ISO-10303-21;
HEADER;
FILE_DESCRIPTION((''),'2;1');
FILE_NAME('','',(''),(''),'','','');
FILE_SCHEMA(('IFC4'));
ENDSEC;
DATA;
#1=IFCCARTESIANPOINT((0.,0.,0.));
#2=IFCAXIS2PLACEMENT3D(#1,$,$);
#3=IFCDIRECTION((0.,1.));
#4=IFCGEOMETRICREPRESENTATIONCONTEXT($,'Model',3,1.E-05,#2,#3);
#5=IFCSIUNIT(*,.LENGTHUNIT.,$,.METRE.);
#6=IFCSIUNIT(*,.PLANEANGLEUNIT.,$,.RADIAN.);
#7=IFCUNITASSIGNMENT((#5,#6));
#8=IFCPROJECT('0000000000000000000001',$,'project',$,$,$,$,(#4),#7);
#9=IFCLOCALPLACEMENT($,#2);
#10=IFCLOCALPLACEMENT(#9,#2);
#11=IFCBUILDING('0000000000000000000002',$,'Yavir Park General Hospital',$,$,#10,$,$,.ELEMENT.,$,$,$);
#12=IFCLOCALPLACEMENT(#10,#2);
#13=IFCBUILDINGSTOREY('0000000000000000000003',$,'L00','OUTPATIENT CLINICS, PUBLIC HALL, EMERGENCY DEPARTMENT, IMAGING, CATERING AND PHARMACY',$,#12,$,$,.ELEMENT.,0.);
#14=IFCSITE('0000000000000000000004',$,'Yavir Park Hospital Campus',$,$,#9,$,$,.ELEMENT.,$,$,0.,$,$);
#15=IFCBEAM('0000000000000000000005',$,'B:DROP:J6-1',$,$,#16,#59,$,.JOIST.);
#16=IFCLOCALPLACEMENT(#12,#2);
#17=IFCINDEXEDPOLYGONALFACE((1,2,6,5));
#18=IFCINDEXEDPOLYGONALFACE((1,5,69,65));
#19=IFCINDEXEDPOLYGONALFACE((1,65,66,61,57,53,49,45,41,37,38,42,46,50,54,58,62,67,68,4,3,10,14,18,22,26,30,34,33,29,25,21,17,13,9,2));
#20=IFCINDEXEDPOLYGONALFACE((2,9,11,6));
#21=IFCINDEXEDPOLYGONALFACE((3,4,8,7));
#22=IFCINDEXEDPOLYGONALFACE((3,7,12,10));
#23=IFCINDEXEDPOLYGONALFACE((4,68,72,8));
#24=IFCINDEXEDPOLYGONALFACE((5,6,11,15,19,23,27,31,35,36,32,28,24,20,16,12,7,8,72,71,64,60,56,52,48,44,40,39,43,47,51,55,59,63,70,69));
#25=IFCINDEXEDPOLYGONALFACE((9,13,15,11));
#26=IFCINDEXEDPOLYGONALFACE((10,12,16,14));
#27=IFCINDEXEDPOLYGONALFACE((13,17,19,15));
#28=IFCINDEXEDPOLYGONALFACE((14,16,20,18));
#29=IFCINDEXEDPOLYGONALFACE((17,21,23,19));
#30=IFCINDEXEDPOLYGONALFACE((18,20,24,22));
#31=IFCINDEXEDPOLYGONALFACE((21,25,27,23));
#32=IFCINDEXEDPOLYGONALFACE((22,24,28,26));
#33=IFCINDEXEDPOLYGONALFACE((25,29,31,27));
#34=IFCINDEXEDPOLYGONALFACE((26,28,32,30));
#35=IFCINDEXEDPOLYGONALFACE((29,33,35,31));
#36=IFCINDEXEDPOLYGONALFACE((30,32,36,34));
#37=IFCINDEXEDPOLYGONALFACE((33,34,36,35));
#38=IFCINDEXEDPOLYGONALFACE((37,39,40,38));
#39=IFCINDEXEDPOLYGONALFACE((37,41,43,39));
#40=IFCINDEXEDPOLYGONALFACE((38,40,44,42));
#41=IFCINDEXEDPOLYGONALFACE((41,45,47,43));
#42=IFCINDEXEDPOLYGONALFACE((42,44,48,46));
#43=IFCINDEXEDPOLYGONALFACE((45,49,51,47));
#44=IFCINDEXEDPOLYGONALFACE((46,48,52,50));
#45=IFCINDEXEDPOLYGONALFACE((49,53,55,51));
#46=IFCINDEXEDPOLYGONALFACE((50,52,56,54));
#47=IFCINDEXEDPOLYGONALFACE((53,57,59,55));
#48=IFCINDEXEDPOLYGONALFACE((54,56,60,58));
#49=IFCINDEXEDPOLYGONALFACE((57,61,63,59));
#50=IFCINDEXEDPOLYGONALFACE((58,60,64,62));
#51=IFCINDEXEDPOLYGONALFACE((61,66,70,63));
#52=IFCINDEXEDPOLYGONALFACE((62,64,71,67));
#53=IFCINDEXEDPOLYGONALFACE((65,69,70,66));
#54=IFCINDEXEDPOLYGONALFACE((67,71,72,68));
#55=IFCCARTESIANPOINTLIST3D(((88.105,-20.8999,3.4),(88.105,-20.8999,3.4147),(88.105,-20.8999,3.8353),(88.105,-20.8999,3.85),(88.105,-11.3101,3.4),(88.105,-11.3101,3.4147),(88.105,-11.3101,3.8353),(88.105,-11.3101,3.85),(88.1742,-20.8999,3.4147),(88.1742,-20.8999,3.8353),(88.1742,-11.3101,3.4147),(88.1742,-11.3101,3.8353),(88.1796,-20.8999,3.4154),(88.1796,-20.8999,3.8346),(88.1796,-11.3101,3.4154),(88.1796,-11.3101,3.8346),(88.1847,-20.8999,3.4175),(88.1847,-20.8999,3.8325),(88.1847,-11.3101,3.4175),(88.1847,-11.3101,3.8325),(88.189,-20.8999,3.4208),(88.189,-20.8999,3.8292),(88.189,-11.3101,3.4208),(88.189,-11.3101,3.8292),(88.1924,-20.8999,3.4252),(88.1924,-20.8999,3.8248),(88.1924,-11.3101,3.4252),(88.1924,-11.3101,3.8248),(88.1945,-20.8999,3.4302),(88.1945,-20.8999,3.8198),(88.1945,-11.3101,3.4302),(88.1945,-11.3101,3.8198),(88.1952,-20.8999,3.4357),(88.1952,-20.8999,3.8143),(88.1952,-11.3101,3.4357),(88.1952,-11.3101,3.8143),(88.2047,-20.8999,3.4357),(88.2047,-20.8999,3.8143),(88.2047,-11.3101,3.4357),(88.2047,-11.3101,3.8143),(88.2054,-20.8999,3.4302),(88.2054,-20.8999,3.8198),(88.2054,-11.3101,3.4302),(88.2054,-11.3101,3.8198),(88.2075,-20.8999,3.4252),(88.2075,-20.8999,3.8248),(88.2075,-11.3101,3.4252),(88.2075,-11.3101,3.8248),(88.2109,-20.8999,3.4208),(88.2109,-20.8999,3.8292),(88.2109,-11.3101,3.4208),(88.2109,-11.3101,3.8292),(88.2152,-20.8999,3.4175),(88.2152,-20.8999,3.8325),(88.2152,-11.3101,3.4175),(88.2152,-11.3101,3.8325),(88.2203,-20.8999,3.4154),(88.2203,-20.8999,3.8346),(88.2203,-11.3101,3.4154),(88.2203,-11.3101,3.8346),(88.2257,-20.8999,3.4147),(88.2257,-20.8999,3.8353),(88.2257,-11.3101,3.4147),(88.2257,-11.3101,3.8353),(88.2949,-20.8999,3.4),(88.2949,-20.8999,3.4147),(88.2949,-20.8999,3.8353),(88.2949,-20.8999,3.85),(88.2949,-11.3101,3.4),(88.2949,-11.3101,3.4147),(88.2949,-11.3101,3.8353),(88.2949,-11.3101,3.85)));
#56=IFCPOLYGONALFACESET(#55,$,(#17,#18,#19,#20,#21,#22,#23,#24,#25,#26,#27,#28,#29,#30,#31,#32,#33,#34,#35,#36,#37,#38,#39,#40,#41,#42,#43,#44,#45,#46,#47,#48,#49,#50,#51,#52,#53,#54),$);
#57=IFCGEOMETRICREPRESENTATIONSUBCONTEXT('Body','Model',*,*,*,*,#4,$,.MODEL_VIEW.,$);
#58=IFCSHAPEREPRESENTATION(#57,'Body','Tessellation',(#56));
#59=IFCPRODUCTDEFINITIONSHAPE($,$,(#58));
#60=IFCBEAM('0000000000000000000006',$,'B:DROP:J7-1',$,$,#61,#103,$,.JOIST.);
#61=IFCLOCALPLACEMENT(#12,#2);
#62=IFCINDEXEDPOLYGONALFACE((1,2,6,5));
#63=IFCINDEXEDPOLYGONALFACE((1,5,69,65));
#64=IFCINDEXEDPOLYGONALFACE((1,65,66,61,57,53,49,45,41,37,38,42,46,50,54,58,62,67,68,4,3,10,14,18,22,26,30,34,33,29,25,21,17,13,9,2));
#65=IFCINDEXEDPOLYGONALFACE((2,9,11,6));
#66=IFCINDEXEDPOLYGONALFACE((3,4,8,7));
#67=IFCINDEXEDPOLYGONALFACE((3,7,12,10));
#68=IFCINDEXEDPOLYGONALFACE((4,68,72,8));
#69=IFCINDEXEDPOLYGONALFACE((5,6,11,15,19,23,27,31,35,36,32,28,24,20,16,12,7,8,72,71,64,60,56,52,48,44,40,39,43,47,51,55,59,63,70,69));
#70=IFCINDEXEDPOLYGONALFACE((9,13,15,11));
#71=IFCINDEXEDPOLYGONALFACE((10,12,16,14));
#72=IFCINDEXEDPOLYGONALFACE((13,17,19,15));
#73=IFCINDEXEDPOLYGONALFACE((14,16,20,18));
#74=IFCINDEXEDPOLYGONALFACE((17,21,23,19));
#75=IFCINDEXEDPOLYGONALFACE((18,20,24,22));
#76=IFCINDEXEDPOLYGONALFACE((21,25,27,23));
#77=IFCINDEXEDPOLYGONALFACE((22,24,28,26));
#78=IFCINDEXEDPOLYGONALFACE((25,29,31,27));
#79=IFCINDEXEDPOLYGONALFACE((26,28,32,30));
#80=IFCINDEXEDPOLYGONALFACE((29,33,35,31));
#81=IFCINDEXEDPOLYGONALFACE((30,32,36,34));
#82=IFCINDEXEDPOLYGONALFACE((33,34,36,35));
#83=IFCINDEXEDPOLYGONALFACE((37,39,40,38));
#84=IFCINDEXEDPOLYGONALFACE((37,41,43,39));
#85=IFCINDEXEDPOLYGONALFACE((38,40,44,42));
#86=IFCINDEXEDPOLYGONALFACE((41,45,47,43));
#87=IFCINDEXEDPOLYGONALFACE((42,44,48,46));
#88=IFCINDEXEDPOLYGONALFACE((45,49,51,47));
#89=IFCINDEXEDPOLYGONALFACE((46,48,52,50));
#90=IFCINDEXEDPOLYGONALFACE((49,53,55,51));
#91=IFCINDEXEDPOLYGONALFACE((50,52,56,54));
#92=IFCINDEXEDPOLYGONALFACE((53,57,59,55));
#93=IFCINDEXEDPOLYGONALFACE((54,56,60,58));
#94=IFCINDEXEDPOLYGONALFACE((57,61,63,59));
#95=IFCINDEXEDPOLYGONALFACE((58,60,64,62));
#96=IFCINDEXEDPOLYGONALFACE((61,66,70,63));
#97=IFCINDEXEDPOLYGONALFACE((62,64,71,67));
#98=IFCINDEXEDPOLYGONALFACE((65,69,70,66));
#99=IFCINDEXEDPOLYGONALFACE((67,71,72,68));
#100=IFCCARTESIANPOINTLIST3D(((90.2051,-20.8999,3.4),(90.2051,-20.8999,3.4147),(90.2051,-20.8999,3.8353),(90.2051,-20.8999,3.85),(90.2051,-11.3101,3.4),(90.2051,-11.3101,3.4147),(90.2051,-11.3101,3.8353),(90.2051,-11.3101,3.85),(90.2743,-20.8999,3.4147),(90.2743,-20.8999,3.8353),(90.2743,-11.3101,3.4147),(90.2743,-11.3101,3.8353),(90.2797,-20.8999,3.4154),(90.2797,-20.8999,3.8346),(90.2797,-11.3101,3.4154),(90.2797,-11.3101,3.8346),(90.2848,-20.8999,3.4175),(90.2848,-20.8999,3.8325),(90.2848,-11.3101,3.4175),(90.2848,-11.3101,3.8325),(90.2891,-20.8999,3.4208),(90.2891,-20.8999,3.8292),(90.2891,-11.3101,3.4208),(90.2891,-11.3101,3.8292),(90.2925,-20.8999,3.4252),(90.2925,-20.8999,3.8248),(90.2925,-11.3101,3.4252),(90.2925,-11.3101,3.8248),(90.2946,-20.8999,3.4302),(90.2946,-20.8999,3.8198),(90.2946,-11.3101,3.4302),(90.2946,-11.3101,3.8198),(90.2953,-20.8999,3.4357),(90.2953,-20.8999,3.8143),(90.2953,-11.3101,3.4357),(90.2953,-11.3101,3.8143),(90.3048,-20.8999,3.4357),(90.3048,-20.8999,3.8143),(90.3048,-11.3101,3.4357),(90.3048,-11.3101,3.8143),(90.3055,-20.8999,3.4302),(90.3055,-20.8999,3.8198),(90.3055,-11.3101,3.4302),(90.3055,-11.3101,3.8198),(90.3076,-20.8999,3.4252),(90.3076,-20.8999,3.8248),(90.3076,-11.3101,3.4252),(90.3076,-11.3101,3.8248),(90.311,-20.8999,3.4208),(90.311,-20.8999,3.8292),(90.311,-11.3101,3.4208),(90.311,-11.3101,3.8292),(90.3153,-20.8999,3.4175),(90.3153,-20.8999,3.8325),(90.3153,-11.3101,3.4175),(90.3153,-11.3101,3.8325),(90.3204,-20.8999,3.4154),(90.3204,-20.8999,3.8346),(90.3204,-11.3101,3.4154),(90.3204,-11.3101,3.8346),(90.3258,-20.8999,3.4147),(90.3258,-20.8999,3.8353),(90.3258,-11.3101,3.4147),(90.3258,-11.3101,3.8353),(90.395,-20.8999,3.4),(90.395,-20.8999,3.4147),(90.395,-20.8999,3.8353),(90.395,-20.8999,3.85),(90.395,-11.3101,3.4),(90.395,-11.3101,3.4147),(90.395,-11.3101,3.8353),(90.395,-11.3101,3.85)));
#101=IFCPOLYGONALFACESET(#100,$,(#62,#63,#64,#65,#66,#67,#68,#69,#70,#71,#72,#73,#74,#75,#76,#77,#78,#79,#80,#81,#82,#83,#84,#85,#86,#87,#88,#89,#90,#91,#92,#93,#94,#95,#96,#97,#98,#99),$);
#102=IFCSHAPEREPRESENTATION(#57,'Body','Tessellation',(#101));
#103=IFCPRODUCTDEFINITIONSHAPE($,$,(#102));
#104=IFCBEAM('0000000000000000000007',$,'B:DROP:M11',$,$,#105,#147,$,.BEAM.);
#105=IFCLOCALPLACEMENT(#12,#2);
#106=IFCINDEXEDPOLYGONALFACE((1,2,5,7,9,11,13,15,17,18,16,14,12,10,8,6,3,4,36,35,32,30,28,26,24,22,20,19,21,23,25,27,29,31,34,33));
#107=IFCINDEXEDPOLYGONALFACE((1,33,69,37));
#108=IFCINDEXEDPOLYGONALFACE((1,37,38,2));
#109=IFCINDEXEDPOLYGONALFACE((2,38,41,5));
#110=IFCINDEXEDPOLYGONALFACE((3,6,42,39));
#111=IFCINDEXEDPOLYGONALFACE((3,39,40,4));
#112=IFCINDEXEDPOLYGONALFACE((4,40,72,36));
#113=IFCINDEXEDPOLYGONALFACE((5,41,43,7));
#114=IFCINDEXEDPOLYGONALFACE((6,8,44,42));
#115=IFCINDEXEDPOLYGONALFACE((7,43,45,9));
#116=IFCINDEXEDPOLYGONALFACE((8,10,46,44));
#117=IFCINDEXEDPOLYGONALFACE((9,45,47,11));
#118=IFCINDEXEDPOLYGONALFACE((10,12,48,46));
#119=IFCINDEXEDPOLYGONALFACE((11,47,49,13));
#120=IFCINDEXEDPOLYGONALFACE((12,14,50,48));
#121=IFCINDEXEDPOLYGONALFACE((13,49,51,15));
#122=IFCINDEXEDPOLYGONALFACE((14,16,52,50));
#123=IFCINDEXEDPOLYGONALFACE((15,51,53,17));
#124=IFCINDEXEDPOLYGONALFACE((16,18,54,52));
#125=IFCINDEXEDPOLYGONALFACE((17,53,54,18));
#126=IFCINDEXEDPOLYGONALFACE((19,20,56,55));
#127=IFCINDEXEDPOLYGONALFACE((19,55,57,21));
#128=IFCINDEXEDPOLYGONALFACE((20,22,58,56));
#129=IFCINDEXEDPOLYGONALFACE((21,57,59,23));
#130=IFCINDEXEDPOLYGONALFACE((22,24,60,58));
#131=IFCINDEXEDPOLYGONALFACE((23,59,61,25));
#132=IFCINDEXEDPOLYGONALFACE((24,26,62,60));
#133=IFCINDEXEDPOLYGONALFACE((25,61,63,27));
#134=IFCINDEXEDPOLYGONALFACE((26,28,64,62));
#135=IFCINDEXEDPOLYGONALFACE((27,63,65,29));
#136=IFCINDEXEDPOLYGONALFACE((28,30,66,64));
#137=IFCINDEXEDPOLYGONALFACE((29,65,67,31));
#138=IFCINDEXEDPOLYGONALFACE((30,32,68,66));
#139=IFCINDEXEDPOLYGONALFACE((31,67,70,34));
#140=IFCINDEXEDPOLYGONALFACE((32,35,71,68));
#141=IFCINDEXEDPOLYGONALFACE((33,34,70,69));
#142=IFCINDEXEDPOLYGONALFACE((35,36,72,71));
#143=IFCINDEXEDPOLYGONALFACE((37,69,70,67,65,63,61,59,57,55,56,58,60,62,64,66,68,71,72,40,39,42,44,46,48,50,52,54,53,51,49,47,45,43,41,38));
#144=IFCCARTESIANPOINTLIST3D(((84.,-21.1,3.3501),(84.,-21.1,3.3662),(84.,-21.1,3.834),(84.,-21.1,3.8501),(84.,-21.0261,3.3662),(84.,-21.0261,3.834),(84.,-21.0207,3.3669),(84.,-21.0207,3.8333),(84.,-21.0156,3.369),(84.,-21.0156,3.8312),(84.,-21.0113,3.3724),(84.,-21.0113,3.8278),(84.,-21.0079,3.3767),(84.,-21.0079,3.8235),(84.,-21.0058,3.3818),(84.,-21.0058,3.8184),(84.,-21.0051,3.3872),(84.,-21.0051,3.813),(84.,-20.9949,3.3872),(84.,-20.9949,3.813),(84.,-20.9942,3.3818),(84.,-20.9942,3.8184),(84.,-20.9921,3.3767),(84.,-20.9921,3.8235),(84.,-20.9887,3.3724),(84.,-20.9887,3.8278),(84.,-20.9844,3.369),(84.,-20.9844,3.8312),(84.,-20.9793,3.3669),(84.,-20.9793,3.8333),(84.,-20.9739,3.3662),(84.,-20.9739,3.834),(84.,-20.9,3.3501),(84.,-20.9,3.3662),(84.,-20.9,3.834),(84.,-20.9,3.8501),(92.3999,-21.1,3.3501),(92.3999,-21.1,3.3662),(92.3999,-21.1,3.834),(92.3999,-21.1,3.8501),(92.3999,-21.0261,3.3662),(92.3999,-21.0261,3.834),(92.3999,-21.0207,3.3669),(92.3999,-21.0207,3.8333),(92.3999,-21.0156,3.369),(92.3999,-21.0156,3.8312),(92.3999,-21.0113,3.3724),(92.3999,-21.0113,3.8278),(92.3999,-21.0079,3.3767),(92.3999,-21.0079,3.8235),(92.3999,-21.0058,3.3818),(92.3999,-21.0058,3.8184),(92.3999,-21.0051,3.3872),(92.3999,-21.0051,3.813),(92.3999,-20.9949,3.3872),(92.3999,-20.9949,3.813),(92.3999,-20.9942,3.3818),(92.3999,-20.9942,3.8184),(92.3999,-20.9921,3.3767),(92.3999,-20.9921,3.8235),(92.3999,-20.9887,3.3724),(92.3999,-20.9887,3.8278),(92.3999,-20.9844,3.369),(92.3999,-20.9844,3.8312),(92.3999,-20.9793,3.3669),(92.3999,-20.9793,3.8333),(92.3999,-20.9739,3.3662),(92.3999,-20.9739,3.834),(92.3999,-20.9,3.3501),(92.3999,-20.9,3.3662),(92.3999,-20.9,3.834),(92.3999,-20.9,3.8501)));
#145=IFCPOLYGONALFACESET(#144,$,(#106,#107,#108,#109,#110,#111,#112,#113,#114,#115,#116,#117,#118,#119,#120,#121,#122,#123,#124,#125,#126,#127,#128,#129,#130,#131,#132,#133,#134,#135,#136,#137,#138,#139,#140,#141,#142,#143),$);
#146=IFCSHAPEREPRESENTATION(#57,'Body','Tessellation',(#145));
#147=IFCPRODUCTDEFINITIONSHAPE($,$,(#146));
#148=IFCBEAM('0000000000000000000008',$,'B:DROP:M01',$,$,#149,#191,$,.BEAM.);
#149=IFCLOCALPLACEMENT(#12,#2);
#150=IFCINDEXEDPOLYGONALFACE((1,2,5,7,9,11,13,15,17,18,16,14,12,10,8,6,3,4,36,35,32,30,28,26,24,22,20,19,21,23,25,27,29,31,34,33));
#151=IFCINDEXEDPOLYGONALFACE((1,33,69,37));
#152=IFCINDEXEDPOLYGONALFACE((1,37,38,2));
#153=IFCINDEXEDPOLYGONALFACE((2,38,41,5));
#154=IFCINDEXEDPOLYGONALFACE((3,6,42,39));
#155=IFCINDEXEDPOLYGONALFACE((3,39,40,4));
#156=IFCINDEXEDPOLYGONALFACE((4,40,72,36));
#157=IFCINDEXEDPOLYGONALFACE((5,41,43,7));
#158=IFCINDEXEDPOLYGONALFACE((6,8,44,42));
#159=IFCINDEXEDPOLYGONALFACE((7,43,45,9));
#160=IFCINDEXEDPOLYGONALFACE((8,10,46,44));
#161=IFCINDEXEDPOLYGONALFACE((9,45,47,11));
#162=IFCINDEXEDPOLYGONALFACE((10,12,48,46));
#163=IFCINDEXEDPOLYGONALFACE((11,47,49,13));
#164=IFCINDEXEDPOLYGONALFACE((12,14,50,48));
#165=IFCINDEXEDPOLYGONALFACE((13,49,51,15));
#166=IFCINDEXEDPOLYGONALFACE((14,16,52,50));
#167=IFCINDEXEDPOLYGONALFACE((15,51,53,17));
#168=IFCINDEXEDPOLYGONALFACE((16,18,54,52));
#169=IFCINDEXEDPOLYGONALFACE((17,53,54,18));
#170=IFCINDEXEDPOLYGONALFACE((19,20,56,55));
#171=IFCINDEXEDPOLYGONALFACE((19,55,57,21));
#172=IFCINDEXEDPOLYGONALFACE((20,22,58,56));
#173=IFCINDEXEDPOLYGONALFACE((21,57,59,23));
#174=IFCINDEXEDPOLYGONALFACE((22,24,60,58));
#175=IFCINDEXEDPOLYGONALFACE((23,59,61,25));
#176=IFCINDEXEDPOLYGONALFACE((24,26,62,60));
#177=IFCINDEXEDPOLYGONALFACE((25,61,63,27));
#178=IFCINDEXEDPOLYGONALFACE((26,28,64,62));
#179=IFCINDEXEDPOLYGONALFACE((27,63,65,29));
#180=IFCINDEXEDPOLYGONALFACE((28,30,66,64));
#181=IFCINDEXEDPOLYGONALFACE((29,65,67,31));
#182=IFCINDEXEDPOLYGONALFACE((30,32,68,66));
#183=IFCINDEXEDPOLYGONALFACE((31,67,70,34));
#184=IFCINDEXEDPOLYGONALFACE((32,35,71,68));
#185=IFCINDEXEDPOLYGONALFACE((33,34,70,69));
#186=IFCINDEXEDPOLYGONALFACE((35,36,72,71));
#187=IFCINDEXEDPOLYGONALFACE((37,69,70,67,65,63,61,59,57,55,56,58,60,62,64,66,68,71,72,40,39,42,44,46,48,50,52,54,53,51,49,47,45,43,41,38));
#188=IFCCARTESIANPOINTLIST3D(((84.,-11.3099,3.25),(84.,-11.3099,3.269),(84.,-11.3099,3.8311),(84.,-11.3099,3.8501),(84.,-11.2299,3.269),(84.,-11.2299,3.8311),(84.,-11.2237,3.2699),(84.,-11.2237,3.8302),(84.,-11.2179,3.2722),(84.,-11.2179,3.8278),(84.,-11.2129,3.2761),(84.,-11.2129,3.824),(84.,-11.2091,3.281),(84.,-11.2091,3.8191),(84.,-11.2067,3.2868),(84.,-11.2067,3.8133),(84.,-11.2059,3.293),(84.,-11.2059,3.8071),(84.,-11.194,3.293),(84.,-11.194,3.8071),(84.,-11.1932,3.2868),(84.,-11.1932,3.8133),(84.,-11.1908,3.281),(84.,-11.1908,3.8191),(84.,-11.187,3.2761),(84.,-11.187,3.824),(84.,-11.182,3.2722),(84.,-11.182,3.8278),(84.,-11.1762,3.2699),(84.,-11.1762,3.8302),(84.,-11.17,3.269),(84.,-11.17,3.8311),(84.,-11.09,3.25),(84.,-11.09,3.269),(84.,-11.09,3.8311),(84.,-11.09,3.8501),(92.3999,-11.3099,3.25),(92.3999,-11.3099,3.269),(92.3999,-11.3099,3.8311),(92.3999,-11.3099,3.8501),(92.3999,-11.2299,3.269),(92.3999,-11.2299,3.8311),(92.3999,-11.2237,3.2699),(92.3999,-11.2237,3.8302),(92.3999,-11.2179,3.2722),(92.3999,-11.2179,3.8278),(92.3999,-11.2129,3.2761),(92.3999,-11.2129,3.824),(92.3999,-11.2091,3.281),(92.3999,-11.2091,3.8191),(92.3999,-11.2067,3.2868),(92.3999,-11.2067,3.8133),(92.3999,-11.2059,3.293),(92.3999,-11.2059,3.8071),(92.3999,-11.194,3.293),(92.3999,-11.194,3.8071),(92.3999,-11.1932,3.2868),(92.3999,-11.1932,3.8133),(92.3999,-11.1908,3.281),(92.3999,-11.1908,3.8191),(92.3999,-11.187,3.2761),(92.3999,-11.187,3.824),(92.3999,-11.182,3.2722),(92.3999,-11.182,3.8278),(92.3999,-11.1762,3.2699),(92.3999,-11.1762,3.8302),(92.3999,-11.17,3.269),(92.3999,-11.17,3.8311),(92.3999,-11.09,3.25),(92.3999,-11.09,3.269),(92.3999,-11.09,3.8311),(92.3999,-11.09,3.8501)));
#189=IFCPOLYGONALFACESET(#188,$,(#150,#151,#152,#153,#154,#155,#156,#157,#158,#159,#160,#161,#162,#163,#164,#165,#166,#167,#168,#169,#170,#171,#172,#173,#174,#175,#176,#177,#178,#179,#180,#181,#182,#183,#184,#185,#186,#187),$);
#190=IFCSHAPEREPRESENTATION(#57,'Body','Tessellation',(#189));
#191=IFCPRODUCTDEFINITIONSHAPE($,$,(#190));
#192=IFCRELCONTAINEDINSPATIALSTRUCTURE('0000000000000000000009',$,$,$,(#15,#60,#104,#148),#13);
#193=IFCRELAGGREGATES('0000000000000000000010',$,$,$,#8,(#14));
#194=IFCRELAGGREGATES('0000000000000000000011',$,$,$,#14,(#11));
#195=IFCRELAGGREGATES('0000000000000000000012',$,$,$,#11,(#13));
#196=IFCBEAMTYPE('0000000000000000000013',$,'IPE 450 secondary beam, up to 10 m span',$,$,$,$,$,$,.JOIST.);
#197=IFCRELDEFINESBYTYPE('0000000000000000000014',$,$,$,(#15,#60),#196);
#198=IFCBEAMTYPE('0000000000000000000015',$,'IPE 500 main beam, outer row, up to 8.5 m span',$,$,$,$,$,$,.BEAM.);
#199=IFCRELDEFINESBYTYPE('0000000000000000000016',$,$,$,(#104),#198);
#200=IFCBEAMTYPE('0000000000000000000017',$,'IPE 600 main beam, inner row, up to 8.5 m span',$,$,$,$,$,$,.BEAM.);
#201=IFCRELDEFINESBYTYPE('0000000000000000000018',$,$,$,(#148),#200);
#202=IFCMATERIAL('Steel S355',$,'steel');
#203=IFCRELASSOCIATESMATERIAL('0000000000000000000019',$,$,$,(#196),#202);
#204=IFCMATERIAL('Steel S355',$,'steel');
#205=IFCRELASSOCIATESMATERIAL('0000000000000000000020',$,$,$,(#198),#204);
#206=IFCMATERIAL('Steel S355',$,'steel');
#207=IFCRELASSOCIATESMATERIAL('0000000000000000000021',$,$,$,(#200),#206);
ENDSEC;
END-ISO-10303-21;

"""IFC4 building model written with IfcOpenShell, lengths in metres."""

from ifc_helpers import new_model, si_unit, direction, frame, origin, origin_2d, place, context, subcontext, project, spatial, i_section, extrude, material, material_profile, profile_set, type_object, element, save


model = new_model("IFC4")

# Units and contexts
model_context = context("Model", 3, precision=1e-05, world=origin(), true_north=direction((0.0, 1.0)))
body_context = subcontext(model_context, "Body", "Model", "MODEL_VIEW")
ifc_project = project(units=[si_unit("LENGTHUNIT", "METRE"), si_unit("PLANEANGLEUNIT", "RADIAN")], contexts=[model_context])

# Site, building, storey
site_placement = place(None, origin())
site = spatial("IfcSite", under=ifc_project, at=site_placement, Name="Yavir Park Hospital Campus", CompositionType="ELEMENT", RefElevation=0.0)
building_placement = place(site_placement, origin())
building = spatial("IfcBuilding", under=site, at=building_placement, Name="Yavir Park General Hospital", CompositionType="ELEMENT")
storey_placement = place(building_placement, origin())
storey = spatial("IfcBuildingStorey", under=building, at=storey_placement, Name="L00", Description="OUTPATIENT CLINICS, PUBLIC HALL, EMERGENCY DEPARTMENT, IMAGING, CATERING AND PHARMACY", CompositionType="ELEMENT", Elevation=0.0)

# Beams
ifc_material_1 = material(Name="Steel S355", Category="steel")
ifc_material_profile_1 = material_profile(ifc_material_1, i_section(OverallWidth=0.1899, OverallDepth=0.45, WebThickness=0.0095, FlangeThickness=0.0146, FilletRadius=0.021, at=origin_2d()), Name="IPE450")
ifc_profile_set_1 = profile_set([ifc_material_profile_1], Name="Steel S355")
beam_type_1 = type_object("IfcBeamType", Name="IPE 450 secondary beam, up to 10 m span", PredefinedType="JOIST", material=ifc_profile_set_1)
for number, where, z_axis, x_axis, name in (
    (1, (88.2, -11.3101, 3.625), (0.0, -1.0, 0.0), (1.0, 0.0, 0.0), "B:DROP:J6-1"),
    (2, (90.3, -11.3101, 3.625), (0.0, -1.0, 0.0), (1.0, 0.0, 0.0), "B:DROP:J7-1"),
):
    element("IfcBeam", number, at=place(storey_placement, frame(where, z_axis=z_axis, x_axis=x_axis)), inside=storey, type_object=beam_type_1, Name=name, PredefinedType="JOIST", context=body_context, shape_type="SweptSolid", body=[
        extrude(i_section(OverallWidth=0.1899, OverallDepth=0.45, WebThickness=0.0095, FlangeThickness=0.0146, FilletRadius=0.021, at=origin_2d()), origin(), (0.0, 0.0, 1.0), 9.5898),
    ])
ifc_material_2 = material(Name="Steel S355", Category="steel")
ifc_material_profile_2 = material_profile(ifc_material_2, i_section(OverallWidth=0.2, OverallDepth=0.5, WebThickness=0.0103, FlangeThickness=0.0161, FilletRadius=0.021, at=origin_2d()), Name="IPE500")
ifc_profile_set_2 = profile_set([ifc_material_profile_2], Name="Steel S355")
beam_type_2 = type_object("IfcBeamType", Name="IPE 500 main beam, outer row, up to 8.5 m span", PredefinedType="BEAM", material=ifc_profile_set_2)
beam_1_placement = place(storey_placement, frame((84.0, -21.0, 3.6001), z_axis=(1.0, 0.0, 0.0), x_axis=(0.0, 1.0, 0.0)))
element("IfcBeam", 3, at=beam_1_placement, inside=storey, type_object=beam_type_2, Name="B:DROP:M11", PredefinedType="BEAM", context=body_context, shape_type="SweptSolid", body=[
    extrude(i_section(OverallWidth=0.2, OverallDepth=0.5, WebThickness=0.0103, FlangeThickness=0.0161, FilletRadius=0.021, at=origin_2d()), origin(), (0.0, 0.0, 1.0), 8.3999),
])
ifc_material_3 = material(Name="Steel S355", Category="steel")
ifc_material_profile_3 = material_profile(ifc_material_3, i_section(OverallWidth=0.22, OverallDepth=0.6001, WebThickness=0.012, FlangeThickness=0.019, FilletRadius=0.0239, at=origin_2d()), Name="IPE600")
ifc_profile_set_3 = profile_set([ifc_material_profile_3], Name="Steel S355")
beam_type_3 = type_object("IfcBeamType", Name="IPE 600 main beam, inner row, up to 8.5 m span", PredefinedType="BEAM", material=ifc_profile_set_3)
beam_2_placement = place(storey_placement, frame((84.0, -11.2, 3.55), z_axis=(1.0, 0.0, 0.0), x_axis=(0.0, 1.0, 0.0)))
element("IfcBeam", 4, at=beam_2_placement, inside=storey, type_object=beam_type_3, Name="B:DROP:M01", PredefinedType="BEAM", context=body_context, shape_type="SweptSolid", body=[
    extrude(i_section(OverallWidth=0.22, OverallDepth=0.6001, WebThickness=0.012, FlangeThickness=0.019, FilletRadius=0.0239, at=origin_2d()), origin(), (0.0, 0.0, 1.0), 8.3999),
])

save(model, "model.ifc")
